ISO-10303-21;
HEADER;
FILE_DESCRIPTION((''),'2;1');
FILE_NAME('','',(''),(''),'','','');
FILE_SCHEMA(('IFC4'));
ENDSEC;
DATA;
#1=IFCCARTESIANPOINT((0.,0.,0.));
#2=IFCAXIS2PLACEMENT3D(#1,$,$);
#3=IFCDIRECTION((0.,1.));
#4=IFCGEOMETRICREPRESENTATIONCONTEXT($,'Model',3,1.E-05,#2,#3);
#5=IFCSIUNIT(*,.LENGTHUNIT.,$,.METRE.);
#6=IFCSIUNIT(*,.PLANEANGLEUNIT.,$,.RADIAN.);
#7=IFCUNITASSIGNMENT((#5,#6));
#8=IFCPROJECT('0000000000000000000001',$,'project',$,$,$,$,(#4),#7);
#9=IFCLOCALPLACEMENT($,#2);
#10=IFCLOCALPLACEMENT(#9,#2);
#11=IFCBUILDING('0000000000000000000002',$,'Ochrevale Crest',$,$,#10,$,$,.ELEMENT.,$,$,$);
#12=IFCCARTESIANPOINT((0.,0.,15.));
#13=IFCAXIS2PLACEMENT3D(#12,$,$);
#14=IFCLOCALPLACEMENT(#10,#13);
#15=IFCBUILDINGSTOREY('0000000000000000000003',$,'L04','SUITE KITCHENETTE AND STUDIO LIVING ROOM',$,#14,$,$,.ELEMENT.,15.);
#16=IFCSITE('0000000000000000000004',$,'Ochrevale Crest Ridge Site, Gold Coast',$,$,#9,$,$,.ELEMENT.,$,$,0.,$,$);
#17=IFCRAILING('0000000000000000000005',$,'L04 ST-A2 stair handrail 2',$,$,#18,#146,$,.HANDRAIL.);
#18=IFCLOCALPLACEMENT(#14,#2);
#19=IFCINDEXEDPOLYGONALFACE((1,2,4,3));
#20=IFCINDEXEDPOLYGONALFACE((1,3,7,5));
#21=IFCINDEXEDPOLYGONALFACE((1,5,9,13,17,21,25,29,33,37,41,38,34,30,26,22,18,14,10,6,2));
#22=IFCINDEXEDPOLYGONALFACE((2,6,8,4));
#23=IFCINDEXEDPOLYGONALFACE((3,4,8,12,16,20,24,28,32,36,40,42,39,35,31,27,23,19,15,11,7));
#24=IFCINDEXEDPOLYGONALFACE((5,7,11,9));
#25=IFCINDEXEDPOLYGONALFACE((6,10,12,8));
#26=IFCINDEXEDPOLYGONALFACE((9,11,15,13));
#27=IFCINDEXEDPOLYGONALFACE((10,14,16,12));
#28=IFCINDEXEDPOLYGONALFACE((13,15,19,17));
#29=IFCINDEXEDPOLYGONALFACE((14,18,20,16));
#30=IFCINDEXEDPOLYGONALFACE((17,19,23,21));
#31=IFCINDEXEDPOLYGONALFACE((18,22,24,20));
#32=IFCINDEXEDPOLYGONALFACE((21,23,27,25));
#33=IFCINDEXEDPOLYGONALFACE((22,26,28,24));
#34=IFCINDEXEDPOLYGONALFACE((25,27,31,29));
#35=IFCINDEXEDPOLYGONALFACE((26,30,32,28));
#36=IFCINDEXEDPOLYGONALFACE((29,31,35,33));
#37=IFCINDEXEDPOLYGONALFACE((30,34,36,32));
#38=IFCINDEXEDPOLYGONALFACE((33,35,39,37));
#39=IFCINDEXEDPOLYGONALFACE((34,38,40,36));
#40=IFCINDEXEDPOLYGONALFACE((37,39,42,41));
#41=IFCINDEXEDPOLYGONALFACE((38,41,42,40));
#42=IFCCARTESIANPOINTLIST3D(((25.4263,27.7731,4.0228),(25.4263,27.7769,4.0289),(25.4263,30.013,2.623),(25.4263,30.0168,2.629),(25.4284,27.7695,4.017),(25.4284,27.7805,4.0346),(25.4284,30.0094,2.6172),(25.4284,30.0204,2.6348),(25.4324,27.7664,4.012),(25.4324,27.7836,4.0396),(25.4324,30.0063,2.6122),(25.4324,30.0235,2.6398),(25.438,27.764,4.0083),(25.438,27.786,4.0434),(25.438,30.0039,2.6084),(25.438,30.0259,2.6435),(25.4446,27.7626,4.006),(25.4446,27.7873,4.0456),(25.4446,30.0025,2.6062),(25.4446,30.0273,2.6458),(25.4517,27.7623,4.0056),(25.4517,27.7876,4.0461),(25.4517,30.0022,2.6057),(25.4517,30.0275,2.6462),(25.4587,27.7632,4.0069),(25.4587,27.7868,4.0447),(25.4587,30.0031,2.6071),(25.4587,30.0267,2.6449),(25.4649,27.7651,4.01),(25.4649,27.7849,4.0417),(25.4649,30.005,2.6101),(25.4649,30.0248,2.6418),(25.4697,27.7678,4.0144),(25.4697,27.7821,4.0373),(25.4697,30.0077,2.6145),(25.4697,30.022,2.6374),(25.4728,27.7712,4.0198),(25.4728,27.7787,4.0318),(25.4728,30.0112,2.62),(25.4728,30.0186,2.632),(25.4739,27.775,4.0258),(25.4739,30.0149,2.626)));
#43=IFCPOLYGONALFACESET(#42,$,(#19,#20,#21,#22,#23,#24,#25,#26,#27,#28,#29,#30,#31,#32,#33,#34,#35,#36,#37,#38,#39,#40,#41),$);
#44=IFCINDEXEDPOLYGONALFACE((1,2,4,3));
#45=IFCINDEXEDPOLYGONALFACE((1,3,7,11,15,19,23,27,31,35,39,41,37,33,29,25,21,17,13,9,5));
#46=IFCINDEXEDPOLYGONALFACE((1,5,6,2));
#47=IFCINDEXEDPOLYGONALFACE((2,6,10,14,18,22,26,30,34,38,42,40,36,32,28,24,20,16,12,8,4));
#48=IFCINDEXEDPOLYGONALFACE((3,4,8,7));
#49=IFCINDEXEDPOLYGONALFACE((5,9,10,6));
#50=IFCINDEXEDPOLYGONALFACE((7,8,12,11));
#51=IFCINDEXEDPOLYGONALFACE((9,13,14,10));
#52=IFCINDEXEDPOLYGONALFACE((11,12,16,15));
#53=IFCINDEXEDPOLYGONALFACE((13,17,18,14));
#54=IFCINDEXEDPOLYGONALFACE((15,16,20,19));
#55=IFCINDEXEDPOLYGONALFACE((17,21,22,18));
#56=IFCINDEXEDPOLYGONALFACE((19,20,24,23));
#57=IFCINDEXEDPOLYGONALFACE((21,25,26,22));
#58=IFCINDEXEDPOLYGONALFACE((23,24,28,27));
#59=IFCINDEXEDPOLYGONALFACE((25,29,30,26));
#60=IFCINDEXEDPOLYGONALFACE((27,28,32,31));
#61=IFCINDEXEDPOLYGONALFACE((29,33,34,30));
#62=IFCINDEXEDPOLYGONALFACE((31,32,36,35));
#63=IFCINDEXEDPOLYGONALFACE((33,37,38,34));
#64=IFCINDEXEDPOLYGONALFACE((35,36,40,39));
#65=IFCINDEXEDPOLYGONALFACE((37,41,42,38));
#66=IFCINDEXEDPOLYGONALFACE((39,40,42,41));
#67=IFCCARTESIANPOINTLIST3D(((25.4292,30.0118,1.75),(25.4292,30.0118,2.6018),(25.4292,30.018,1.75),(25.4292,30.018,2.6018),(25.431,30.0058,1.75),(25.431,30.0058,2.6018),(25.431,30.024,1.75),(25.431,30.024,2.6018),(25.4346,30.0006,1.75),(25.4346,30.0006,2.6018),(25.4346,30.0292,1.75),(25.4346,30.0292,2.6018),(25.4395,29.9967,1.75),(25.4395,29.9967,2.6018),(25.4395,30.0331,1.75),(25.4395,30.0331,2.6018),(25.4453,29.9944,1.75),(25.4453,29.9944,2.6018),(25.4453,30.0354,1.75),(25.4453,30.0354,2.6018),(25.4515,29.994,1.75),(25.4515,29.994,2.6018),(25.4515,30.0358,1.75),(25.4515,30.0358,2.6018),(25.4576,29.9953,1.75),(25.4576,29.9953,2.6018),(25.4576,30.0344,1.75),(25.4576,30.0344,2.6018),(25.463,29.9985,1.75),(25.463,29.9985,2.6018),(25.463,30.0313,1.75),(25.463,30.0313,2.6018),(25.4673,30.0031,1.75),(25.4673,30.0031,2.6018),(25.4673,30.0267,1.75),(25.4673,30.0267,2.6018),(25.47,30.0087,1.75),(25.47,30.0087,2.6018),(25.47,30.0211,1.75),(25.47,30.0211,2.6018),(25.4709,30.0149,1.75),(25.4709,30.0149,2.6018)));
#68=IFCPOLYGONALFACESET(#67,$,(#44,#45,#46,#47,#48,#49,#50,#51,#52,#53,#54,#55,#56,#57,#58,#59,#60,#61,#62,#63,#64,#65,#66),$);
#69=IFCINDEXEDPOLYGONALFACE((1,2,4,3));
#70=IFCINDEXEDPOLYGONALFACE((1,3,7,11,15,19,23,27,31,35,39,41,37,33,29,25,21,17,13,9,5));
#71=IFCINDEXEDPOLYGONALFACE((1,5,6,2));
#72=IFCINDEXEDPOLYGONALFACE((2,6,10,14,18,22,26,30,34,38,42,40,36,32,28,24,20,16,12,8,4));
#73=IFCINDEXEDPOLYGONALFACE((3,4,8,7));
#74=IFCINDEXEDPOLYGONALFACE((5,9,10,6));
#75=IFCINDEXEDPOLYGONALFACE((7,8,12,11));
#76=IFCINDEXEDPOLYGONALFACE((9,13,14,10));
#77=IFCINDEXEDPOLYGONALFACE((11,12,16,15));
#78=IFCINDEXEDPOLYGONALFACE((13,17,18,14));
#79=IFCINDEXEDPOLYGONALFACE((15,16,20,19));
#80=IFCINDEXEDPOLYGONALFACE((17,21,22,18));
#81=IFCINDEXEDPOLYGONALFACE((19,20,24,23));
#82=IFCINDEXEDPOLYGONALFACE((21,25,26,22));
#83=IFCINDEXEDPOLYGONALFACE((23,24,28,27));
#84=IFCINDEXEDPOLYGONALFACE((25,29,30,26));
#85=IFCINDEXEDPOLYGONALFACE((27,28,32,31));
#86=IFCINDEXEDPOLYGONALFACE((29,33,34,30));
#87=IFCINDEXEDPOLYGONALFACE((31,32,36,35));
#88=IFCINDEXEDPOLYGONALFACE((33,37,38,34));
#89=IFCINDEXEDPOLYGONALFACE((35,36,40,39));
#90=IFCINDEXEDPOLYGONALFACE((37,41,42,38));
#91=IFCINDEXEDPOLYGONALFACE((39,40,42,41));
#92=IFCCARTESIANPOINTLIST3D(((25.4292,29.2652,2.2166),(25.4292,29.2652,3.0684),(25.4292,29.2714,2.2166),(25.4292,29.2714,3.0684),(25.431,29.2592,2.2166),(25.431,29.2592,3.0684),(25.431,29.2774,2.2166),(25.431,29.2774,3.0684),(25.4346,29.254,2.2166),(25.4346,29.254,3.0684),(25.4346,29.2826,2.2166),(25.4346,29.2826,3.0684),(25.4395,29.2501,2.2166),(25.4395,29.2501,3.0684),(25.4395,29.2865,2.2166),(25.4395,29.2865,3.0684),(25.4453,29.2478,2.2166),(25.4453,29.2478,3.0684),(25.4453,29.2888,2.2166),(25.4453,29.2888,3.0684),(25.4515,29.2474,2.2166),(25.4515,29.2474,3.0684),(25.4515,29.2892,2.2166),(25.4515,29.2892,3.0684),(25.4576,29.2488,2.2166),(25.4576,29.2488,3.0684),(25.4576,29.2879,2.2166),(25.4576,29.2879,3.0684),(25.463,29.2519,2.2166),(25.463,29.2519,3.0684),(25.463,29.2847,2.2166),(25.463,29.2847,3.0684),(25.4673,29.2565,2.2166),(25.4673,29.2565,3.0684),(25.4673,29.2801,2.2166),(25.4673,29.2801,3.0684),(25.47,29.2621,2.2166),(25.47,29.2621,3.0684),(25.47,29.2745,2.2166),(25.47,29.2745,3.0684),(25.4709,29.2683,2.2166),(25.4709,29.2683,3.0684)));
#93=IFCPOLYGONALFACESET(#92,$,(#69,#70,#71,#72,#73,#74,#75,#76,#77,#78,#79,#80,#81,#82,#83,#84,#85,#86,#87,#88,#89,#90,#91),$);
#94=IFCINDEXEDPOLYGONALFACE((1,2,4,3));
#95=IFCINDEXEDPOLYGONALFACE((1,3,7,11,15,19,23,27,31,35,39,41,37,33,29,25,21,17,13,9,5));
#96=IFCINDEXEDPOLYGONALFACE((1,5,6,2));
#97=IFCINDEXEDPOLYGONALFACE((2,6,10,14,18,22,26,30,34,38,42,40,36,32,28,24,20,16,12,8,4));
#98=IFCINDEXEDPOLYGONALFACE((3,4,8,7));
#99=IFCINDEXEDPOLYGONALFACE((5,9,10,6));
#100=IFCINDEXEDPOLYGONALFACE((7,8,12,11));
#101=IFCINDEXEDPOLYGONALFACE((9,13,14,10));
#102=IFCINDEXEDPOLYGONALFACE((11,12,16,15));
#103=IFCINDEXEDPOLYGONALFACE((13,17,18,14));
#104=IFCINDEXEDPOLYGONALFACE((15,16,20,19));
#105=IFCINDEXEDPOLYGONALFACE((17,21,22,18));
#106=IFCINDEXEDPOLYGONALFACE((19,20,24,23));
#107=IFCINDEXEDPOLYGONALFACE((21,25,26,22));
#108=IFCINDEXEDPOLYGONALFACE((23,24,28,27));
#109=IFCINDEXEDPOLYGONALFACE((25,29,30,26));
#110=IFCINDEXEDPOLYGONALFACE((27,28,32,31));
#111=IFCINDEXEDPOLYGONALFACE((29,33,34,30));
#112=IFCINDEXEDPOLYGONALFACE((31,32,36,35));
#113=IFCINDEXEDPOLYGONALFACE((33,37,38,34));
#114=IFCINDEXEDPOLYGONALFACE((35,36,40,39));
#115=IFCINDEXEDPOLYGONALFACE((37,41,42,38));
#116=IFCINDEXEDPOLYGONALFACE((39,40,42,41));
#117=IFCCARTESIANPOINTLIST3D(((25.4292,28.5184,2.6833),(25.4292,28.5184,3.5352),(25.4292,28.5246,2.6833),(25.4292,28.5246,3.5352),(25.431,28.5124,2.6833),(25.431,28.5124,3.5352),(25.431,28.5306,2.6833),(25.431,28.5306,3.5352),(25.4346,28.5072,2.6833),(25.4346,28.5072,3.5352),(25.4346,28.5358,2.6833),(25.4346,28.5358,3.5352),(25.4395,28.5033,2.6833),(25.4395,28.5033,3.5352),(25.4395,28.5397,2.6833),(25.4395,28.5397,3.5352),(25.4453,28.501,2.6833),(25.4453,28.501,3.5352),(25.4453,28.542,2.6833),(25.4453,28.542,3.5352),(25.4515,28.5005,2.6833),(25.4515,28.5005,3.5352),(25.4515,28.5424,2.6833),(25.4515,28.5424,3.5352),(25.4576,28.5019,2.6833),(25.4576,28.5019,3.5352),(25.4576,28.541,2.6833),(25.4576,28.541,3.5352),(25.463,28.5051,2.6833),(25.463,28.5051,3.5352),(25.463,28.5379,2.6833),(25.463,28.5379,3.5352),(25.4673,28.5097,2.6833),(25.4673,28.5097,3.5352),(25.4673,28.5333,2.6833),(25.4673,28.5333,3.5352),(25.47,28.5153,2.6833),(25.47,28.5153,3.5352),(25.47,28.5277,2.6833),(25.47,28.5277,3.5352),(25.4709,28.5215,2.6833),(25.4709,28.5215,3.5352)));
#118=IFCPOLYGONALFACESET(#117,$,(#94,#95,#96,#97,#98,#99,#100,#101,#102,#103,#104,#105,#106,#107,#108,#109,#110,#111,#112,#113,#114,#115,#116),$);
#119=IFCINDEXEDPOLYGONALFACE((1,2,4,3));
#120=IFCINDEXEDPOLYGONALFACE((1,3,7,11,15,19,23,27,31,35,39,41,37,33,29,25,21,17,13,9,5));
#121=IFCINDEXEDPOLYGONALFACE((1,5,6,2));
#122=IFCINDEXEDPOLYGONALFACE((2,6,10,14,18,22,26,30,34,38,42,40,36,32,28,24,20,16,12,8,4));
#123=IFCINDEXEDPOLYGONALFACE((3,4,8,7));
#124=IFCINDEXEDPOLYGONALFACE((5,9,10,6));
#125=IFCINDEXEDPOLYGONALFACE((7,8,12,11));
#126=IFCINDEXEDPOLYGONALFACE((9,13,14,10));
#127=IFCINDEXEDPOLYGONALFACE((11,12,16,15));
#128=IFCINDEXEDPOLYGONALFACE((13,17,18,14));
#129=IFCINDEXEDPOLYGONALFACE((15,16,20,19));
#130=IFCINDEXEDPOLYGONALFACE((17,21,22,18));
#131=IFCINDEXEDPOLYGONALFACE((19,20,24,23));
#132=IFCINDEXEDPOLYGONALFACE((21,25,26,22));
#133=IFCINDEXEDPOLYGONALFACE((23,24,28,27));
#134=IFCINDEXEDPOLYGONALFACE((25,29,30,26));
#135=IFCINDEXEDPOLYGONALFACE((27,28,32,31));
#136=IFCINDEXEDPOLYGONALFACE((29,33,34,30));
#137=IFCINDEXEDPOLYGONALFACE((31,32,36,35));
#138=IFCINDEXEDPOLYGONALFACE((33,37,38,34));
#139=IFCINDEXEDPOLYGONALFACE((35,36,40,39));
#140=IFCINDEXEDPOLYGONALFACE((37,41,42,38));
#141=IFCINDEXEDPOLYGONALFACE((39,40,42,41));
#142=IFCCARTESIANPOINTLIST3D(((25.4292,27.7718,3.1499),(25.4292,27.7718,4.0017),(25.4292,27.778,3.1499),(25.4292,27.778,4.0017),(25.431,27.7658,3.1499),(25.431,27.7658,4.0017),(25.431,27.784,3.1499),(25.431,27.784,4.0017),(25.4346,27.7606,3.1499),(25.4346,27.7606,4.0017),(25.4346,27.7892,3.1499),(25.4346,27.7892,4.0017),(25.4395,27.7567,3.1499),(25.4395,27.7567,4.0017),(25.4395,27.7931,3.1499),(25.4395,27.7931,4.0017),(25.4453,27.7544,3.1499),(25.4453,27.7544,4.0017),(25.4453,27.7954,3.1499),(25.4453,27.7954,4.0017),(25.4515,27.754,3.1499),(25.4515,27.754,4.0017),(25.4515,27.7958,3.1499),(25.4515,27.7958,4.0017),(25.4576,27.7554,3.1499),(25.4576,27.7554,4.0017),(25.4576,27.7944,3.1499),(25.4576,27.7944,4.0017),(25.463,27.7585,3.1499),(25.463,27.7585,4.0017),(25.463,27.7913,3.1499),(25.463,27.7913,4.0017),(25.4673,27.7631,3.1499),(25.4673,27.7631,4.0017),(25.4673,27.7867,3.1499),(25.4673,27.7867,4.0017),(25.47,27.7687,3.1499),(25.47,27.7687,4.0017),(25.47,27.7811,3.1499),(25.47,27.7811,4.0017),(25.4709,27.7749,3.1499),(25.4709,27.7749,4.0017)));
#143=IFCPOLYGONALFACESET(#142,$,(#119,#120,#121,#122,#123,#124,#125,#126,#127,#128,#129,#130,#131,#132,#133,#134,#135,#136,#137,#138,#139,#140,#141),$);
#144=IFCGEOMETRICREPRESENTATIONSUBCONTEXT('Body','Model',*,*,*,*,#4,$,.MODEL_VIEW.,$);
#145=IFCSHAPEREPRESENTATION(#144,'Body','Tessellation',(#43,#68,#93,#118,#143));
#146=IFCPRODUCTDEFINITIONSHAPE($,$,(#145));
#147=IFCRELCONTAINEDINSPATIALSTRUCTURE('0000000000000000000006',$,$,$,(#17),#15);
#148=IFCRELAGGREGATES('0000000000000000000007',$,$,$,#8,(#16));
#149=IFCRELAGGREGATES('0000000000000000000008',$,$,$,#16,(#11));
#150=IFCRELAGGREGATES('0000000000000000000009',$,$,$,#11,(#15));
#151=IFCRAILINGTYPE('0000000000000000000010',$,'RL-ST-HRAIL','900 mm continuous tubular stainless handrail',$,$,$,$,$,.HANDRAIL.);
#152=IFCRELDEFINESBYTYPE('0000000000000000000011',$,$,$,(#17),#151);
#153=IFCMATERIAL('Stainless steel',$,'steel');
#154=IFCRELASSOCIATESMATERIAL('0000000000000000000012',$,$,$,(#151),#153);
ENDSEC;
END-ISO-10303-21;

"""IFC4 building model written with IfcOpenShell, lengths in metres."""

from ifc_helpers import new_model, si_unit, direction, frame, origin, origin_2d, place, context, subcontext, project, spatial, circle, extrude, material, type_object, element, save


model = new_model("IFC4")

# Units and contexts
model_context = context("Model", 3, precision=1e-05, world=origin(), true_north=direction((0.0, 1.0)))
body_context = subcontext(model_context, "Body", "Model", "MODEL_VIEW")
ifc_project = project(units=[si_unit("LENGTHUNIT", "METRE"), si_unit("PLANEANGLEUNIT", "RADIAN")], contexts=[model_context])

# Site, building, storey
site_placement = place(None, origin())
site = spatial("IfcSite", under=ifc_project, at=site_placement, Name="Ochrevale Crest Ridge Site, Gold Coast", CompositionType="ELEMENT", RefElevation=0.0)
building_placement = place(site_placement, origin())
building = spatial("IfcBuilding", under=site, at=building_placement, Name="Ochrevale Crest", CompositionType="ELEMENT")
storey_placement = place(building_placement, frame((0.0, 0.0, 15.0)))
storey = spatial("IfcBuildingStorey", under=building, at=storey_placement, Name="L04", Description="SUITE KITCHENETTE AND STUDIO LIVING ROOM", CompositionType="ELEMENT", Elevation=15.0)

# Railing
ifc_material_1 = material(Name="Stainless steel", Category="steel")
railing_type_1 = type_object("IfcRailingType", Name="RL-ST-HRAIL", Description="900 mm continuous tubular stainless handrail", PredefinedType="HANDRAIL", material=ifc_material_1)
railing_1_placement = place(storey_placement, frame((25.45, 30.0149, 1.75)))
element("IfcRailing", 1, at=railing_1_placement, inside=storey, type_object=railing_type_1, Name="L04 ST-A2 stair handrail 2", PredefinedType="HANDRAIL", context=body_context, shape_type="SweptSolid", body=[
    extrude(circle(Radius=0.0239, at=origin_2d()), frame((0.0, 0.0, 0.876), z_axis=(0.0, -0.848014, 0.529974), x_axis=(1.0, 0.0, 0.0)), (0.0, 0.0, 1.0), 2.6414),
    extrude(circle(Radius=0.021, at=origin_2d()), origin(), (0.0, 0.0, 1.0), 0.8518),
    extrude(circle(Radius=0.021, at=origin_2d()), frame((0.0, -0.7466, 0.4666)), (0.0, 0.0, 1.0), 0.8518),
    extrude(circle(Radius=0.021, at=origin_2d()), frame((0.0, -1.4934, 0.9333)), (0.0, 0.0, 1.0), 0.8518),
    extrude(circle(Radius=0.021, at=origin_2d()), frame((0.0, -2.24, 1.3999)), (0.0, 0.0, 1.0), 0.8518),
])

save(model, "model.ifc")
